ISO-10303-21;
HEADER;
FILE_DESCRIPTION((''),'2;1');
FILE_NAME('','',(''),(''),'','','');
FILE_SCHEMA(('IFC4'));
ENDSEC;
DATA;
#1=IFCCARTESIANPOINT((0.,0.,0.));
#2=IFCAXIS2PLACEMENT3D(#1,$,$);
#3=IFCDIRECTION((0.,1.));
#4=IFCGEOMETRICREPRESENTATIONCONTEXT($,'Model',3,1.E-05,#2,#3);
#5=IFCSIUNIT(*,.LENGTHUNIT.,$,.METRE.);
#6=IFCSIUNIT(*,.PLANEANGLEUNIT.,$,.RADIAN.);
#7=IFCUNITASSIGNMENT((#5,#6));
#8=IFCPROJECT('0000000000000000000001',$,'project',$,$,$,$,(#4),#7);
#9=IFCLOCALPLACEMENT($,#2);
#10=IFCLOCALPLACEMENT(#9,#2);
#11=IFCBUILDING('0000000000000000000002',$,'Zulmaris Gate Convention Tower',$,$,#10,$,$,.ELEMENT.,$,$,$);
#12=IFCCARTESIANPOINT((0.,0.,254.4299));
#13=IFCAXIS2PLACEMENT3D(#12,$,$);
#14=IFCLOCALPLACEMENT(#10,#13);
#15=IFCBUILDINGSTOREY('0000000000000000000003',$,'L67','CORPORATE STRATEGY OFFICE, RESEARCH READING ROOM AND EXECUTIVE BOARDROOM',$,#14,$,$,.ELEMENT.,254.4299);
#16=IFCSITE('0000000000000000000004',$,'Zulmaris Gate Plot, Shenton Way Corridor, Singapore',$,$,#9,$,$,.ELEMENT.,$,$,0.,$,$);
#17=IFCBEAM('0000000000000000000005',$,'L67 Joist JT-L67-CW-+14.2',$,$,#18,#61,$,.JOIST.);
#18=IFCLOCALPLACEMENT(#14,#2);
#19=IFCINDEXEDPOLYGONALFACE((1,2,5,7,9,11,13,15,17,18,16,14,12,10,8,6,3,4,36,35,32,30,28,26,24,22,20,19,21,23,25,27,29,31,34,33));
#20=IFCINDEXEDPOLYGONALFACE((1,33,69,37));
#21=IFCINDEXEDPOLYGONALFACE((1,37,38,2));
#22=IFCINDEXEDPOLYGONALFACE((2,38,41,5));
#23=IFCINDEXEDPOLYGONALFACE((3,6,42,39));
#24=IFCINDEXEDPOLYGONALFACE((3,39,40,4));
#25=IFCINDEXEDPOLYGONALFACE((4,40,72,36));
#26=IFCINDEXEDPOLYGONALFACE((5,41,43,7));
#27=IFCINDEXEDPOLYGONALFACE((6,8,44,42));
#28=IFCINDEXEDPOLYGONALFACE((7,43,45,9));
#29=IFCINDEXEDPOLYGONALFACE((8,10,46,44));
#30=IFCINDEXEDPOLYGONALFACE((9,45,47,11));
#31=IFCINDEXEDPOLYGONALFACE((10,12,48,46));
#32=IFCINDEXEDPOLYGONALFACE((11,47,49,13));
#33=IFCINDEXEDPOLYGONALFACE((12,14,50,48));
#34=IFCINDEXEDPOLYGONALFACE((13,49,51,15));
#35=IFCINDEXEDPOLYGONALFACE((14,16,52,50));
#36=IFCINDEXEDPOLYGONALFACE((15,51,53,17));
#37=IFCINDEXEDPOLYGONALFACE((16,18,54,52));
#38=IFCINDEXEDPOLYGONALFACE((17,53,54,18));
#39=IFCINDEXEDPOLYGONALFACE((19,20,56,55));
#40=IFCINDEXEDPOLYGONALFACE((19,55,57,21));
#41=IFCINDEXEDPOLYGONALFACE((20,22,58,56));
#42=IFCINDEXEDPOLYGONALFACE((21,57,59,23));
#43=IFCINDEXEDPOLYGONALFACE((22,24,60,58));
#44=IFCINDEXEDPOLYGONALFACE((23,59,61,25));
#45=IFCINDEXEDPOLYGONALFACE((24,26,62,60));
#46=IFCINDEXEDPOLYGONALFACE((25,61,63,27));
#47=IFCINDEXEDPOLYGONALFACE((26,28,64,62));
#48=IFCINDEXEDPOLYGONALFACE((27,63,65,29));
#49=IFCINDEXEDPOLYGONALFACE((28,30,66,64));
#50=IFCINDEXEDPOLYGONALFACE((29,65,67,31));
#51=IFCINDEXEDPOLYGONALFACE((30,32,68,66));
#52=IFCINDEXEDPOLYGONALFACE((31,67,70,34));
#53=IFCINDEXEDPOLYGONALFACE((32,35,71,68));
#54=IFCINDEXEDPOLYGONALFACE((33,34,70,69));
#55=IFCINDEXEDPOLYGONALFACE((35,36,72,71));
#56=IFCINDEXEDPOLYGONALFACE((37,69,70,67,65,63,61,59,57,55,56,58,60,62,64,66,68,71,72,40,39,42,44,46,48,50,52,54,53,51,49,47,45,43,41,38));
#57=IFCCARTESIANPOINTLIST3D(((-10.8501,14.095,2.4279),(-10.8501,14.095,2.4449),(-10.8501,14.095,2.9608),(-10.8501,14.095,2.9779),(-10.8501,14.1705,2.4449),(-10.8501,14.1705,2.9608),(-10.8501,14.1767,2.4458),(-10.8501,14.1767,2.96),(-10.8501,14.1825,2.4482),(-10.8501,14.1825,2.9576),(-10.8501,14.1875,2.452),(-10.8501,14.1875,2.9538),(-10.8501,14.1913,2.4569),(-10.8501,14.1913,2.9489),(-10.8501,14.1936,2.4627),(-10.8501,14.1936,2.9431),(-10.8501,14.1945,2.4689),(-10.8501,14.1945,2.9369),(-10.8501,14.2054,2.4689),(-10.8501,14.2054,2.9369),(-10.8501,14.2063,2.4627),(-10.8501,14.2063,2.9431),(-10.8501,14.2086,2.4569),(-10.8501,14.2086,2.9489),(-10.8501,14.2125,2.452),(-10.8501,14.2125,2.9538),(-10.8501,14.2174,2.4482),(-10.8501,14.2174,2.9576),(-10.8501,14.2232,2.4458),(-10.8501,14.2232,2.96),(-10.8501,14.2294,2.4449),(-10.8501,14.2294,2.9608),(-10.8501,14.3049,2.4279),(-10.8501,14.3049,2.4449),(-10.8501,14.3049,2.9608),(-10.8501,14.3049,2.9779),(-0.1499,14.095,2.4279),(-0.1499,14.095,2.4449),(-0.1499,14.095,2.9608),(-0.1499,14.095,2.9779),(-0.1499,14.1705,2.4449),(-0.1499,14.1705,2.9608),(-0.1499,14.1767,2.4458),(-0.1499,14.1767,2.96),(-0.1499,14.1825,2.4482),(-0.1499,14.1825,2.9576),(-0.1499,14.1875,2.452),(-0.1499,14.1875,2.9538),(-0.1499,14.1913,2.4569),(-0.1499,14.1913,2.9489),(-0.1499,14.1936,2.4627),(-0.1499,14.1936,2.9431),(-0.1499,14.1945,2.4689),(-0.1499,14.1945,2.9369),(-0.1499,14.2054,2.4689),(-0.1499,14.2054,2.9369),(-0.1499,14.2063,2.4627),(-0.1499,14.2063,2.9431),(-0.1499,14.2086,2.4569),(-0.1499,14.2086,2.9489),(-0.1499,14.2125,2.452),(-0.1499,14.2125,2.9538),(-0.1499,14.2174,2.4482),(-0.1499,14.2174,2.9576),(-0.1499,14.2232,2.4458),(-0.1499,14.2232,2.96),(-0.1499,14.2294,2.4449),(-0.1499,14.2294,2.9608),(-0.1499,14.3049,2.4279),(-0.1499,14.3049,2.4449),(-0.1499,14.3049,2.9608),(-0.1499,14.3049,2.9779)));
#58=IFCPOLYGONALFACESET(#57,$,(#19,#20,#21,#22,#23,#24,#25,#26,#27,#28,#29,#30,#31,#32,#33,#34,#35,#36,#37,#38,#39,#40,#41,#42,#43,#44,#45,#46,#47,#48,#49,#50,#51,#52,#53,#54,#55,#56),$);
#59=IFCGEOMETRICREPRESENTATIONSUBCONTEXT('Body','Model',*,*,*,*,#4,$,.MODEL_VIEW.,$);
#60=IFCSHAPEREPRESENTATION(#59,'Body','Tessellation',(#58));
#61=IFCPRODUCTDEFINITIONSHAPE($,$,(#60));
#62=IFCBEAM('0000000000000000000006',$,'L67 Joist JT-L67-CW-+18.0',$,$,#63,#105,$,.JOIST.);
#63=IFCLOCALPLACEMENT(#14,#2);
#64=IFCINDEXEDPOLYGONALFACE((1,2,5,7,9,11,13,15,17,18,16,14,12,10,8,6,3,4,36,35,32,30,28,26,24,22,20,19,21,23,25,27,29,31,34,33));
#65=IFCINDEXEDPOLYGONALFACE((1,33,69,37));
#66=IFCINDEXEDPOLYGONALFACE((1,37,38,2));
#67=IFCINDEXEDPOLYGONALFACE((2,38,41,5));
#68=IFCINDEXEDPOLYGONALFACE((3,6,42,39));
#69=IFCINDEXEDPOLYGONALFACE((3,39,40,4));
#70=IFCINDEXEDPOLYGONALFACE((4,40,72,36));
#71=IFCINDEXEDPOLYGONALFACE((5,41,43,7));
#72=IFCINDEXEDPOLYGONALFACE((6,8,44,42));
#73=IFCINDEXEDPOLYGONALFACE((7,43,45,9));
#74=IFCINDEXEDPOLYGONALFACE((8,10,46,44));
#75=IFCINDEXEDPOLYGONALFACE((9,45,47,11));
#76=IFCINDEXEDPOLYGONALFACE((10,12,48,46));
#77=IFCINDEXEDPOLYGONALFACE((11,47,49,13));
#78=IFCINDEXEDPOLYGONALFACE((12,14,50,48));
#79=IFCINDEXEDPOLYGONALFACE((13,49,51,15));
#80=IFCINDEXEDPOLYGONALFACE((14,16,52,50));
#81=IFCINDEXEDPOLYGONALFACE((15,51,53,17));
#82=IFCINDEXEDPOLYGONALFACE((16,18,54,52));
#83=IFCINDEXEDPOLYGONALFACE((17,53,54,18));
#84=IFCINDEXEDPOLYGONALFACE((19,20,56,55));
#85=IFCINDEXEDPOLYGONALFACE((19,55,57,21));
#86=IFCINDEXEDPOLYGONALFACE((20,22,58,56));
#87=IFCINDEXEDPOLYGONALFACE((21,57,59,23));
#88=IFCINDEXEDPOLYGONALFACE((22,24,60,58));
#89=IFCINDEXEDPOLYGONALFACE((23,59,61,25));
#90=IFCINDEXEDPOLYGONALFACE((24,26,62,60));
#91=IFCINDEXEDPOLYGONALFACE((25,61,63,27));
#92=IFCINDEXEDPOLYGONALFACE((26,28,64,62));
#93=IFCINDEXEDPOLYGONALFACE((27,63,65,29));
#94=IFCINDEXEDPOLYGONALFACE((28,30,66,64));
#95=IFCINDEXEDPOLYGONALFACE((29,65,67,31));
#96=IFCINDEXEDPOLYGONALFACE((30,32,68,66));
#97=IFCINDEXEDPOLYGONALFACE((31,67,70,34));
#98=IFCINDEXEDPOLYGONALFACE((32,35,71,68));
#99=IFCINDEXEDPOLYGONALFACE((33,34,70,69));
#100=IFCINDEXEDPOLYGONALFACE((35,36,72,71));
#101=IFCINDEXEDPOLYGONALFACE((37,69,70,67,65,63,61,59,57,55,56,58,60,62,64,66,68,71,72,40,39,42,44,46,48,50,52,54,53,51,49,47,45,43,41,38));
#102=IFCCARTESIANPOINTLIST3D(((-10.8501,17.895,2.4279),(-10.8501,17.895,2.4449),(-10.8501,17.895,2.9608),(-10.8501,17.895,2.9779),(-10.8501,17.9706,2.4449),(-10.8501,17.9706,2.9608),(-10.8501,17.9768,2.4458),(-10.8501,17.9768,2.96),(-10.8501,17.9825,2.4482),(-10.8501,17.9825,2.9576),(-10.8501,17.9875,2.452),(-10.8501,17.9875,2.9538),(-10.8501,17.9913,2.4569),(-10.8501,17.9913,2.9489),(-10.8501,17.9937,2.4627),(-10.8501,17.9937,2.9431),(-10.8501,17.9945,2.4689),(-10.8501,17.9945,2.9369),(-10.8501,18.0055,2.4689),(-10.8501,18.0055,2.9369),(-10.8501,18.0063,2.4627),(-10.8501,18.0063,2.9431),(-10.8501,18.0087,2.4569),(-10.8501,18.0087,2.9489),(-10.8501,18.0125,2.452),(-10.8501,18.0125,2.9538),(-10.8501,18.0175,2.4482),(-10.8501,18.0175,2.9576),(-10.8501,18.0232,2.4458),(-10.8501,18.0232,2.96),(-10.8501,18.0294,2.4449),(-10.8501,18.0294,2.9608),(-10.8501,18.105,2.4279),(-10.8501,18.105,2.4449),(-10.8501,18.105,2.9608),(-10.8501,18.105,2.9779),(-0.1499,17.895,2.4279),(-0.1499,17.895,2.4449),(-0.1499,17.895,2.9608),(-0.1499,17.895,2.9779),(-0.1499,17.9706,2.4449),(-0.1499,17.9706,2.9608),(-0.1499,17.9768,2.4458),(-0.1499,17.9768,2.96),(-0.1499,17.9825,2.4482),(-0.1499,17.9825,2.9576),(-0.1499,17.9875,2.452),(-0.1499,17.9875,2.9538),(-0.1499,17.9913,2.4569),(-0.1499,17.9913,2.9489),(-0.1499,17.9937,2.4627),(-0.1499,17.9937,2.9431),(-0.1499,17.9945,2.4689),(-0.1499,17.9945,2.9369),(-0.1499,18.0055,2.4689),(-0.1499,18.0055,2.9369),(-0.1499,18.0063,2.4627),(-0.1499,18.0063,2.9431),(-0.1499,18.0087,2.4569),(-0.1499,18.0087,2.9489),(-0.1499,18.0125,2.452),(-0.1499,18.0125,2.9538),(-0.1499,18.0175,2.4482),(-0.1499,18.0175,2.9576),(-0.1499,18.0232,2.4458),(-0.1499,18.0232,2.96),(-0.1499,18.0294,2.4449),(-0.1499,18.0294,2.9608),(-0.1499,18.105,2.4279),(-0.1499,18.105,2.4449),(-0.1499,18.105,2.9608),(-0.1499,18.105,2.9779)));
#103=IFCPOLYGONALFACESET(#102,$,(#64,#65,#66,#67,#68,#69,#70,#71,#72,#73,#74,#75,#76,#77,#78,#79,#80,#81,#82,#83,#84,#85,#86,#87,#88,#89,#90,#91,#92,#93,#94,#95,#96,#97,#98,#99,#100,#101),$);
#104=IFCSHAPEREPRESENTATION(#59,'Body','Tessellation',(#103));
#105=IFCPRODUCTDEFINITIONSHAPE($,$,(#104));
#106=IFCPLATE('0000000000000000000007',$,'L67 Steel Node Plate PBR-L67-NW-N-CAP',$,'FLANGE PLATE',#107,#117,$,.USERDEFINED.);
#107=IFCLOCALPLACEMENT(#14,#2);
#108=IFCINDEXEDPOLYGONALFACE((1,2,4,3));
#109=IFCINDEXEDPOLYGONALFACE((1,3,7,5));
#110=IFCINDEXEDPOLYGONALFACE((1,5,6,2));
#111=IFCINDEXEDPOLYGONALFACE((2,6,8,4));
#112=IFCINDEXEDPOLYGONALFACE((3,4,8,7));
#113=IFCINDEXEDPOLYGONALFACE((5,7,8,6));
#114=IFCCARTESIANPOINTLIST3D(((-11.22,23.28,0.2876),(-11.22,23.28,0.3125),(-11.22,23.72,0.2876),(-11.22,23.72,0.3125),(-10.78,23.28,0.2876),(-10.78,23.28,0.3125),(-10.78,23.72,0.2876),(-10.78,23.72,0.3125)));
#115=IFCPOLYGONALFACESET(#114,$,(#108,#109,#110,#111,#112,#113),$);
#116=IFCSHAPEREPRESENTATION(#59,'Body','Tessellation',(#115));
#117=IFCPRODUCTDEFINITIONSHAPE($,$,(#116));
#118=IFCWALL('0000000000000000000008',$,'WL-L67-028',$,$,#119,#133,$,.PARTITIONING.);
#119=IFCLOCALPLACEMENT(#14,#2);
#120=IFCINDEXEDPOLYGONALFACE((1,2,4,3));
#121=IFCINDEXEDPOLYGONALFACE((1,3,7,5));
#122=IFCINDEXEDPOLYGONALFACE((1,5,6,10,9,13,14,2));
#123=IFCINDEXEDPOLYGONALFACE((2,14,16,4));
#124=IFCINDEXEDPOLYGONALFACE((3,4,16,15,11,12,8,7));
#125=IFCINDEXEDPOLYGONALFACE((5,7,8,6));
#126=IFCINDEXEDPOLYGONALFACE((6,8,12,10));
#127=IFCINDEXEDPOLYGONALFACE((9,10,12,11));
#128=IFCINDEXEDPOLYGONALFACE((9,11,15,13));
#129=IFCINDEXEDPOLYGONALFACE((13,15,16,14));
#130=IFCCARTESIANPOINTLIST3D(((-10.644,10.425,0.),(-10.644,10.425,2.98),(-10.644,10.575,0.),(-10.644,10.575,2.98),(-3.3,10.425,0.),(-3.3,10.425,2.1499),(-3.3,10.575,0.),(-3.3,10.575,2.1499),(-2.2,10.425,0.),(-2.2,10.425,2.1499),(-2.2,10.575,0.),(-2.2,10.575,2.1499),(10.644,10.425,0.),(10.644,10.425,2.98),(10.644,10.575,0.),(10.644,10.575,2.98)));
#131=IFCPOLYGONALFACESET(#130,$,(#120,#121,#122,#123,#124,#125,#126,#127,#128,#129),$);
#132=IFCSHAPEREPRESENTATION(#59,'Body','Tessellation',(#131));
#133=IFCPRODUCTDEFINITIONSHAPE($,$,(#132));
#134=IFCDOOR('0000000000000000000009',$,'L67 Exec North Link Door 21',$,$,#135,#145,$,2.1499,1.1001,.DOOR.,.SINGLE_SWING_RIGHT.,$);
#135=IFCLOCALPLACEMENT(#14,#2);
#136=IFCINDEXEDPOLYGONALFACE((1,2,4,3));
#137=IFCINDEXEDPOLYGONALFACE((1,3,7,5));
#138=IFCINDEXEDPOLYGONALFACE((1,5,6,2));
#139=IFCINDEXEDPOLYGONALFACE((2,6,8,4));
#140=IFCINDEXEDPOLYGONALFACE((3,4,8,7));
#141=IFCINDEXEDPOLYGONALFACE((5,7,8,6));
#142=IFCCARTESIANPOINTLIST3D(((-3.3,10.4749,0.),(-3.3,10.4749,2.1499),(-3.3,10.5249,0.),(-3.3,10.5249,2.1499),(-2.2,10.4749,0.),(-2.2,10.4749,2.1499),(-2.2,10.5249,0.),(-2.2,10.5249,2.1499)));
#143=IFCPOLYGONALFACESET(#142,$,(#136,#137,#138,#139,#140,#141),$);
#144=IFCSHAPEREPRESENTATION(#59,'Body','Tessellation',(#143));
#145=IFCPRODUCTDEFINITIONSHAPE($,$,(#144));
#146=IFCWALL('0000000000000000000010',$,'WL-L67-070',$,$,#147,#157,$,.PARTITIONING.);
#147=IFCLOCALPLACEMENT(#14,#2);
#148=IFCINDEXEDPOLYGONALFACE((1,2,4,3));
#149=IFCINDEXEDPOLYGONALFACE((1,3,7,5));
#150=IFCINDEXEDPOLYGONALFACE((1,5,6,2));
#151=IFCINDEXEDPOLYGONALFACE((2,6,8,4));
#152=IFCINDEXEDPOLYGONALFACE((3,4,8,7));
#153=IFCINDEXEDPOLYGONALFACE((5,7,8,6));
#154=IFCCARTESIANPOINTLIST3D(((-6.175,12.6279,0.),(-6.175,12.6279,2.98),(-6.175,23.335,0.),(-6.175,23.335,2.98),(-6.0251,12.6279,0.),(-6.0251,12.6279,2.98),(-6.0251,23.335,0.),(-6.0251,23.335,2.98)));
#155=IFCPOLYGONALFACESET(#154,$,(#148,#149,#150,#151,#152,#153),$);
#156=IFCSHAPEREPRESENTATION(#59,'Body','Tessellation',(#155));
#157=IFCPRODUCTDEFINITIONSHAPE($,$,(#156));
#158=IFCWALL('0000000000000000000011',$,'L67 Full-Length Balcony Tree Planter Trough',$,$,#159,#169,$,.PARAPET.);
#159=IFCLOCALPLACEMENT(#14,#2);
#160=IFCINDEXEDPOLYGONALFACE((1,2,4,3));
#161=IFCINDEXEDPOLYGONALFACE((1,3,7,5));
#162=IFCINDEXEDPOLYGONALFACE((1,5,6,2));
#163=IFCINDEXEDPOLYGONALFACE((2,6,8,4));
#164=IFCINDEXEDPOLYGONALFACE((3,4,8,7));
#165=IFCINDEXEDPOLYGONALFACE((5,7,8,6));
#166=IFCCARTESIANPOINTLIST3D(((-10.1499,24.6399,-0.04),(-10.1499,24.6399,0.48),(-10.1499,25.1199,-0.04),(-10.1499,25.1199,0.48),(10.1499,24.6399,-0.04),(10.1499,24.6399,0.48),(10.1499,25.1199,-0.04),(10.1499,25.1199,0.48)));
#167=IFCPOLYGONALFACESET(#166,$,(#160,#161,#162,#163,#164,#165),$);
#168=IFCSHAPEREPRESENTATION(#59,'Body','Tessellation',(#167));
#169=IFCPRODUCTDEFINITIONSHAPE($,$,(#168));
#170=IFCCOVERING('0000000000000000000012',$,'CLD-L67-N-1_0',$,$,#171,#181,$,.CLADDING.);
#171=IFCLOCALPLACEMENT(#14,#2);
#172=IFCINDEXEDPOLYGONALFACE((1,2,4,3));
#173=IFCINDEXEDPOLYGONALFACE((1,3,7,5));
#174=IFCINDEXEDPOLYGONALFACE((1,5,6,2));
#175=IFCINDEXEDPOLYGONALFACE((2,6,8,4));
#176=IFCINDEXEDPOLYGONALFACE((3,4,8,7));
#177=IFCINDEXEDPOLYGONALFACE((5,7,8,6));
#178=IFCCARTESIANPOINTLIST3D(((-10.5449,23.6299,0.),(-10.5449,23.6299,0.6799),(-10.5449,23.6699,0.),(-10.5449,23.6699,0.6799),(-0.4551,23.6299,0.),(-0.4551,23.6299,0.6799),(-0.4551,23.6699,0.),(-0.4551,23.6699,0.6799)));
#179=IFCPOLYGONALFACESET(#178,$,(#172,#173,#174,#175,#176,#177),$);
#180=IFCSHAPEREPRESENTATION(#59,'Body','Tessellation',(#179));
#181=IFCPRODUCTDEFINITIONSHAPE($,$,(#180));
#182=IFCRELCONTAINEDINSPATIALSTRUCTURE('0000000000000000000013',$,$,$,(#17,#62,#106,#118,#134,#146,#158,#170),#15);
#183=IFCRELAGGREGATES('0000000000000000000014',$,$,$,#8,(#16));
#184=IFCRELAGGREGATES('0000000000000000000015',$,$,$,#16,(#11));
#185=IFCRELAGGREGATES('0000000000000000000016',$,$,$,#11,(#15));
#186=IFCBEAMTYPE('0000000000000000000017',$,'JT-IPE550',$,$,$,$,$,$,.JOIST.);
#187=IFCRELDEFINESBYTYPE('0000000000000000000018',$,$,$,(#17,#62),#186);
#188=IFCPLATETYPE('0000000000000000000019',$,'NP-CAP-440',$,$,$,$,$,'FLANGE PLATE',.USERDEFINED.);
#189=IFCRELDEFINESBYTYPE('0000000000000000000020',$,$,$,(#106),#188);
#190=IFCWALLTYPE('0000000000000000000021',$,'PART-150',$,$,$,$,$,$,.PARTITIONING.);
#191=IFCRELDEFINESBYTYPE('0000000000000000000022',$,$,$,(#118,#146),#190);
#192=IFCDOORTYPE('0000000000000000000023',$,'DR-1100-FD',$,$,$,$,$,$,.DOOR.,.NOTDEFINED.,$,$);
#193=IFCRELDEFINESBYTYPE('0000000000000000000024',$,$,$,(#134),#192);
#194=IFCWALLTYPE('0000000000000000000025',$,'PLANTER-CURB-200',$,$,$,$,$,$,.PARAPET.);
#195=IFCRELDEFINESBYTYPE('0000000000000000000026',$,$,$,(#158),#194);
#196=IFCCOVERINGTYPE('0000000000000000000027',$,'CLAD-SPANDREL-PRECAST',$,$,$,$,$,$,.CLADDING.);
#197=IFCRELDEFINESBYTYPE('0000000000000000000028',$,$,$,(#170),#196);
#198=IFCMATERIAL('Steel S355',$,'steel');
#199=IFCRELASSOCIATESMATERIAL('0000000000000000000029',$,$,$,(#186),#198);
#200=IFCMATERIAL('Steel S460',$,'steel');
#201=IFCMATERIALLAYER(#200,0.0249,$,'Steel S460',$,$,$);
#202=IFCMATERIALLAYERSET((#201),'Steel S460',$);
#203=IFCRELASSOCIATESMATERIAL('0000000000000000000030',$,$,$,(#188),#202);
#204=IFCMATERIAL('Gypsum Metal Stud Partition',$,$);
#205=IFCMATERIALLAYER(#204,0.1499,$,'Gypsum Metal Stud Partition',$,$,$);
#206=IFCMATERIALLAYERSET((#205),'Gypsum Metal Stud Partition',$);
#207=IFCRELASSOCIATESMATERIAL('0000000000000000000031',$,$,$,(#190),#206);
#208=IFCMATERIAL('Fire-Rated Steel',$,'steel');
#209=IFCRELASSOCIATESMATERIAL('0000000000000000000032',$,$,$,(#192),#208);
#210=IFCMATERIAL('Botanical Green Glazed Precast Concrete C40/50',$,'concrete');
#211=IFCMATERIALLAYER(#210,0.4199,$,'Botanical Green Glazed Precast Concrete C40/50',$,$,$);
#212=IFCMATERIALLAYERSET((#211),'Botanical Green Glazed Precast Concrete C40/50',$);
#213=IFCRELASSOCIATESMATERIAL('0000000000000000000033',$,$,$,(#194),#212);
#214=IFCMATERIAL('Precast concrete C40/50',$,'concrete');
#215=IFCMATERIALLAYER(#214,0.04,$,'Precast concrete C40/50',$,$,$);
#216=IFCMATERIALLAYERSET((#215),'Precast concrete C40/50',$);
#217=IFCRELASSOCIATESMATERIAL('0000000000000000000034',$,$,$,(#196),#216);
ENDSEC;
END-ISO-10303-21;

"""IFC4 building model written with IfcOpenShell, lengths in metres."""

from ifc_helpers import new_model, si_unit, direction, frame, frame_2d, origin, origin_2d, place, context, subcontext, project, spatial, rectangle, i_section, extrude, material, layer, layer_set, material_profile, profile_set, type_object, element, fill, save


model = new_model("IFC4")

# Units and contexts
model_context = context("Model", 3, precision=1e-05, world=origin(), true_north=direction((0.0, 1.0)))
body_context = subcontext(model_context, "Body", "Model", "MODEL_VIEW")
ifc_project = project(units=[si_unit("LENGTHUNIT", "METRE"), si_unit("PLANEANGLEUNIT", "RADIAN")], contexts=[model_context])

# Site, building, storey
site_placement = place(None, origin())
site = spatial("IfcSite", under=ifc_project, at=site_placement, Name="Zulmaris Gate Plot, Shenton Way Corridor, Singapore", CompositionType="ELEMENT", RefElevation=0.0)
building_placement = place(site_placement, origin())
building = spatial("IfcBuilding", under=site, at=building_placement, Name="Zulmaris Gate Convention Tower", CompositionType="ELEMENT")
storey_placement = place(building_placement, frame((0.0, 0.0, 254.4299)))
storey = spatial("IfcBuildingStorey", under=building, at=storey_placement, Name="L67", Description="CORPORATE STRATEGY OFFICE, RESEARCH READING ROOM AND EXECUTIVE BOARDROOM", CompositionType="ELEMENT", Elevation=254.4299)

# Shared definitions
ifc_material_1 = material(Name="Steel S355", Category="steel")

# Beams
ifc_material_profile_1 = material_profile(ifc_material_1, i_section(OverallWidth=0.21, OverallDepth=0.55, WebThickness=0.011, FlangeThickness=0.0171, FilletRadius=0.0239, at=origin_2d()), Name="IPE 550")
ifc_profile_set_1 = profile_set([ifc_material_profile_1], Name="Steel S355")
beam_type_1 = type_object("IfcBeamType", Name="JT-IPE550", PredefinedType="JOIST", material=ifc_profile_set_1)
for number, where, z_axis, x_axis, name in (
    (1, (-10.8501, 14.2, 2.7029), (1.0, 0.0, 0.0), (0.0, 1.0, 0.0), "L67 Joist JT-L67-CW-+14.2"),
    (2, (-10.8501, 18.0, 2.7029), (1.0, 0.0, 0.0), (0.0, 1.0, 0.0), "L67 Joist JT-L67-CW-+18.0"),
):
    element("IfcBeam", number, at=place(storey_placement, frame(where, z_axis=z_axis, x_axis=x_axis)), inside=storey, type_object=beam_type_1, Name=name, PredefinedType="JOIST", context=body_context, shape_type="SweptSolid", body=[
        extrude(i_section(OverallWidth=0.21, OverallDepth=0.55, WebThickness=0.011, FlangeThickness=0.0171, FilletRadius=0.0239, at=origin_2d()), origin(), (0.0, 0.0, 1.0), 10.7002),
    ])

# Plate
ifc_material_2 = material(Name="Steel S460", Category="steel")
ifc_layer_1 = layer(ifc_material_2, 0.0249, Name="Steel S460")
ifc_layer_set_1 = layer_set([ifc_layer_1], Name="Steel S460")
plate_type = type_object("IfcPlateType", Name="NP-CAP-440", ElementType="FLANGE PLATE", PredefinedType="USERDEFINED", material=ifc_layer_set_1)
plate_placement = place(storey_placement, frame((-11.0, 23.5, 0.2876), z_axis=(0.0, 0.0, 1.0), x_axis=(1.0, 0.0, 0.0)))
element("IfcPlate", 3, at=plate_placement, inside=storey, type_object=plate_type, Name="L67 Steel Node Plate PBR-L67-NW-N-CAP", ObjectType="FLANGE PLATE", PredefinedType="USERDEFINED", context=body_context, shape_type="SweptSolid", body=[
    extrude(rectangle(XDim=0.4399, YDim=0.4399, at=origin_2d()), origin(), (0.0, 0.0, 1.0), 0.0249),
])

# Wall, opening, door
ifc_material_3 = material(Name="Gypsum Metal Stud Partition")
ifc_layer_2 = layer(ifc_material_3, 0.1499, Name="Gypsum Metal Stud Partition")
ifc_layer_set_2 = layer_set([ifc_layer_2], Name="Gypsum Metal Stud Partition")
wall_type_1 = type_object("IfcWallType", Name="PART-150", PredefinedType="PARTITIONING", material=ifc_layer_set_2)
wall_1_placement = place(storey_placement, frame((-10.644, 10.5, 0.0), z_axis=(0.0, 0.0, 1.0), x_axis=(1.0, 0.0, 0.0)))
wall_1 = element("IfcWall", 4, at=wall_1_placement, inside=storey, type_object=wall_type_1, Name="WL-L67-028", PredefinedType="PARTITIONING", context=body_context, shape_type="SweptSolid", body=[
    extrude(rectangle(XDim=21.2881, YDim=0.1499, at=frame_2d((10.644, 0.0))), origin(), (0.0, 0.0, 1.0), 2.98),
])
opening_1_placement = place(wall_1_placement, frame((7.344, 0.0, 0.0)))
opening_1 = element("IfcOpeningElement", 5, at=opening_1_placement, cuts=wall_1, PredefinedType="OPENING", context=body_context, shape_type="SweptSolid", body=[
    extrude(rectangle(XDim=1.1001, YDim=2.1499, at=frame_2d((0.55, 1.075))), frame((0.0, 0.085, 0.0), z_axis=(0.0, -1.0, 0.0), x_axis=(1.0, 0.0, 0.0)), (0.0, 0.0, 1.0), 0.1699),
])
ifc_material_4 = material(Name="Fire-Rated Steel", Category="steel")
door_type_1 = type_object("IfcDoorType", Name="DR-1100-FD", OperationType="NOTDEFINED", PredefinedType="DOOR", material=ifc_material_4)
door_1_placement = place(opening_1_placement, origin())
door_1 = element("IfcDoor", 6, at=door_1_placement, inside=storey, type_object=door_type_1, Name="L67 Exec North Link Door 21", OperationType="SINGLE_SWING_RIGHT", OverallHeight=2.1499, OverallWidth=1.1001, PredefinedType="DOOR", context=body_context, shape_type="SweptSolid", body=[
    extrude(rectangle(XDim=1.1001, YDim=2.1499, at=frame_2d((0.55, 1.075))), frame((0.0, 0.0249, 0.0), z_axis=(0.0, -1.0, 0.0), x_axis=(1.0, 0.0, 0.0)), (0.0, 0.0, 1.0), 0.05),
])
fill(opening_1, door_1)

# Walls
wall_2_placement = place(storey_placement, frame((-6.1001, 12.6279, 0.0), z_axis=(0.0, 0.0, 1.0), x_axis=(0.0, 1.0, 0.0)))
element("IfcWall", 7, at=wall_2_placement, inside=storey, type_object=wall_type_1, Name="WL-L67-070", PredefinedType="PARTITIONING", context=body_context, shape_type="SweptSolid", body=[
    extrude(rectangle(XDim=10.707, YDim=0.1499, at=frame_2d((5.3535, 0.0))), origin(), (0.0, 0.0, 1.0), 2.98),
])
ifc_material_5 = material(Name="Botanical Green Glazed Precast Concrete C40/50", Category="concrete")
ifc_layer_3 = layer(ifc_material_5, 0.4199, Name="Botanical Green Glazed Precast Concrete C40/50")
ifc_layer_set_3 = layer_set([ifc_layer_3], Name="Botanical Green Glazed Precast Concrete C40/50")
wall_type_2 = type_object("IfcWallType", Name="PLANTER-CURB-200", PredefinedType="PARAPET", material=ifc_layer_set_3)
wall_3_placement = place(storey_placement, frame((-10.1499, 24.8799, -0.04), z_axis=(0.0, 0.0, 1.0), x_axis=(1.0, 0.0, 0.0)))
element("IfcWall", 8, at=wall_3_placement, inside=storey, type_object=wall_type_2, Name="L67 Full-Length Balcony Tree Planter Trough", PredefinedType="PARAPET", context=body_context, shape_type="SweptSolid", body=[
    extrude(rectangle(XDim=20.2998, YDim=0.48, at=frame_2d((10.1499, 0.0))), origin(), (0.0, 0.0, 1.0), 0.52),
])

# Shared definitions
ifc_material_6 = material(Name="Precast concrete C40/50", Category="concrete")

# Covering
ifc_layer_4 = layer(ifc_material_6, 0.04, Name="Precast concrete C40/50")
ifc_layer_set_4 = layer_set([ifc_layer_4], Name="Precast concrete C40/50")
covering_type = type_object("IfcCoveringType", Name="CLAD-SPANDREL-PRECAST", PredefinedType="CLADDING", material=ifc_layer_set_4)
covering_placement = place(storey_placement, frame((-0.4551, 23.6499, 0.0), z_axis=(0.0, 0.0, 1.0), x_axis=(-1.0, 0.0, 0.0)))
element("IfcCovering", 9, at=covering_placement, inside=storey, type_object=covering_type, Name="CLD-L67-N-1_0", PredefinedType="CLADDING", context=body_context, shape_type="SweptSolid", body=[
    extrude(rectangle(XDim=10.0898, YDim=0.04, at=frame_2d((5.0449, 0.0))), origin(), (0.0, 0.0, 1.0), 0.6799),
])

save(model, "model.ifc")
